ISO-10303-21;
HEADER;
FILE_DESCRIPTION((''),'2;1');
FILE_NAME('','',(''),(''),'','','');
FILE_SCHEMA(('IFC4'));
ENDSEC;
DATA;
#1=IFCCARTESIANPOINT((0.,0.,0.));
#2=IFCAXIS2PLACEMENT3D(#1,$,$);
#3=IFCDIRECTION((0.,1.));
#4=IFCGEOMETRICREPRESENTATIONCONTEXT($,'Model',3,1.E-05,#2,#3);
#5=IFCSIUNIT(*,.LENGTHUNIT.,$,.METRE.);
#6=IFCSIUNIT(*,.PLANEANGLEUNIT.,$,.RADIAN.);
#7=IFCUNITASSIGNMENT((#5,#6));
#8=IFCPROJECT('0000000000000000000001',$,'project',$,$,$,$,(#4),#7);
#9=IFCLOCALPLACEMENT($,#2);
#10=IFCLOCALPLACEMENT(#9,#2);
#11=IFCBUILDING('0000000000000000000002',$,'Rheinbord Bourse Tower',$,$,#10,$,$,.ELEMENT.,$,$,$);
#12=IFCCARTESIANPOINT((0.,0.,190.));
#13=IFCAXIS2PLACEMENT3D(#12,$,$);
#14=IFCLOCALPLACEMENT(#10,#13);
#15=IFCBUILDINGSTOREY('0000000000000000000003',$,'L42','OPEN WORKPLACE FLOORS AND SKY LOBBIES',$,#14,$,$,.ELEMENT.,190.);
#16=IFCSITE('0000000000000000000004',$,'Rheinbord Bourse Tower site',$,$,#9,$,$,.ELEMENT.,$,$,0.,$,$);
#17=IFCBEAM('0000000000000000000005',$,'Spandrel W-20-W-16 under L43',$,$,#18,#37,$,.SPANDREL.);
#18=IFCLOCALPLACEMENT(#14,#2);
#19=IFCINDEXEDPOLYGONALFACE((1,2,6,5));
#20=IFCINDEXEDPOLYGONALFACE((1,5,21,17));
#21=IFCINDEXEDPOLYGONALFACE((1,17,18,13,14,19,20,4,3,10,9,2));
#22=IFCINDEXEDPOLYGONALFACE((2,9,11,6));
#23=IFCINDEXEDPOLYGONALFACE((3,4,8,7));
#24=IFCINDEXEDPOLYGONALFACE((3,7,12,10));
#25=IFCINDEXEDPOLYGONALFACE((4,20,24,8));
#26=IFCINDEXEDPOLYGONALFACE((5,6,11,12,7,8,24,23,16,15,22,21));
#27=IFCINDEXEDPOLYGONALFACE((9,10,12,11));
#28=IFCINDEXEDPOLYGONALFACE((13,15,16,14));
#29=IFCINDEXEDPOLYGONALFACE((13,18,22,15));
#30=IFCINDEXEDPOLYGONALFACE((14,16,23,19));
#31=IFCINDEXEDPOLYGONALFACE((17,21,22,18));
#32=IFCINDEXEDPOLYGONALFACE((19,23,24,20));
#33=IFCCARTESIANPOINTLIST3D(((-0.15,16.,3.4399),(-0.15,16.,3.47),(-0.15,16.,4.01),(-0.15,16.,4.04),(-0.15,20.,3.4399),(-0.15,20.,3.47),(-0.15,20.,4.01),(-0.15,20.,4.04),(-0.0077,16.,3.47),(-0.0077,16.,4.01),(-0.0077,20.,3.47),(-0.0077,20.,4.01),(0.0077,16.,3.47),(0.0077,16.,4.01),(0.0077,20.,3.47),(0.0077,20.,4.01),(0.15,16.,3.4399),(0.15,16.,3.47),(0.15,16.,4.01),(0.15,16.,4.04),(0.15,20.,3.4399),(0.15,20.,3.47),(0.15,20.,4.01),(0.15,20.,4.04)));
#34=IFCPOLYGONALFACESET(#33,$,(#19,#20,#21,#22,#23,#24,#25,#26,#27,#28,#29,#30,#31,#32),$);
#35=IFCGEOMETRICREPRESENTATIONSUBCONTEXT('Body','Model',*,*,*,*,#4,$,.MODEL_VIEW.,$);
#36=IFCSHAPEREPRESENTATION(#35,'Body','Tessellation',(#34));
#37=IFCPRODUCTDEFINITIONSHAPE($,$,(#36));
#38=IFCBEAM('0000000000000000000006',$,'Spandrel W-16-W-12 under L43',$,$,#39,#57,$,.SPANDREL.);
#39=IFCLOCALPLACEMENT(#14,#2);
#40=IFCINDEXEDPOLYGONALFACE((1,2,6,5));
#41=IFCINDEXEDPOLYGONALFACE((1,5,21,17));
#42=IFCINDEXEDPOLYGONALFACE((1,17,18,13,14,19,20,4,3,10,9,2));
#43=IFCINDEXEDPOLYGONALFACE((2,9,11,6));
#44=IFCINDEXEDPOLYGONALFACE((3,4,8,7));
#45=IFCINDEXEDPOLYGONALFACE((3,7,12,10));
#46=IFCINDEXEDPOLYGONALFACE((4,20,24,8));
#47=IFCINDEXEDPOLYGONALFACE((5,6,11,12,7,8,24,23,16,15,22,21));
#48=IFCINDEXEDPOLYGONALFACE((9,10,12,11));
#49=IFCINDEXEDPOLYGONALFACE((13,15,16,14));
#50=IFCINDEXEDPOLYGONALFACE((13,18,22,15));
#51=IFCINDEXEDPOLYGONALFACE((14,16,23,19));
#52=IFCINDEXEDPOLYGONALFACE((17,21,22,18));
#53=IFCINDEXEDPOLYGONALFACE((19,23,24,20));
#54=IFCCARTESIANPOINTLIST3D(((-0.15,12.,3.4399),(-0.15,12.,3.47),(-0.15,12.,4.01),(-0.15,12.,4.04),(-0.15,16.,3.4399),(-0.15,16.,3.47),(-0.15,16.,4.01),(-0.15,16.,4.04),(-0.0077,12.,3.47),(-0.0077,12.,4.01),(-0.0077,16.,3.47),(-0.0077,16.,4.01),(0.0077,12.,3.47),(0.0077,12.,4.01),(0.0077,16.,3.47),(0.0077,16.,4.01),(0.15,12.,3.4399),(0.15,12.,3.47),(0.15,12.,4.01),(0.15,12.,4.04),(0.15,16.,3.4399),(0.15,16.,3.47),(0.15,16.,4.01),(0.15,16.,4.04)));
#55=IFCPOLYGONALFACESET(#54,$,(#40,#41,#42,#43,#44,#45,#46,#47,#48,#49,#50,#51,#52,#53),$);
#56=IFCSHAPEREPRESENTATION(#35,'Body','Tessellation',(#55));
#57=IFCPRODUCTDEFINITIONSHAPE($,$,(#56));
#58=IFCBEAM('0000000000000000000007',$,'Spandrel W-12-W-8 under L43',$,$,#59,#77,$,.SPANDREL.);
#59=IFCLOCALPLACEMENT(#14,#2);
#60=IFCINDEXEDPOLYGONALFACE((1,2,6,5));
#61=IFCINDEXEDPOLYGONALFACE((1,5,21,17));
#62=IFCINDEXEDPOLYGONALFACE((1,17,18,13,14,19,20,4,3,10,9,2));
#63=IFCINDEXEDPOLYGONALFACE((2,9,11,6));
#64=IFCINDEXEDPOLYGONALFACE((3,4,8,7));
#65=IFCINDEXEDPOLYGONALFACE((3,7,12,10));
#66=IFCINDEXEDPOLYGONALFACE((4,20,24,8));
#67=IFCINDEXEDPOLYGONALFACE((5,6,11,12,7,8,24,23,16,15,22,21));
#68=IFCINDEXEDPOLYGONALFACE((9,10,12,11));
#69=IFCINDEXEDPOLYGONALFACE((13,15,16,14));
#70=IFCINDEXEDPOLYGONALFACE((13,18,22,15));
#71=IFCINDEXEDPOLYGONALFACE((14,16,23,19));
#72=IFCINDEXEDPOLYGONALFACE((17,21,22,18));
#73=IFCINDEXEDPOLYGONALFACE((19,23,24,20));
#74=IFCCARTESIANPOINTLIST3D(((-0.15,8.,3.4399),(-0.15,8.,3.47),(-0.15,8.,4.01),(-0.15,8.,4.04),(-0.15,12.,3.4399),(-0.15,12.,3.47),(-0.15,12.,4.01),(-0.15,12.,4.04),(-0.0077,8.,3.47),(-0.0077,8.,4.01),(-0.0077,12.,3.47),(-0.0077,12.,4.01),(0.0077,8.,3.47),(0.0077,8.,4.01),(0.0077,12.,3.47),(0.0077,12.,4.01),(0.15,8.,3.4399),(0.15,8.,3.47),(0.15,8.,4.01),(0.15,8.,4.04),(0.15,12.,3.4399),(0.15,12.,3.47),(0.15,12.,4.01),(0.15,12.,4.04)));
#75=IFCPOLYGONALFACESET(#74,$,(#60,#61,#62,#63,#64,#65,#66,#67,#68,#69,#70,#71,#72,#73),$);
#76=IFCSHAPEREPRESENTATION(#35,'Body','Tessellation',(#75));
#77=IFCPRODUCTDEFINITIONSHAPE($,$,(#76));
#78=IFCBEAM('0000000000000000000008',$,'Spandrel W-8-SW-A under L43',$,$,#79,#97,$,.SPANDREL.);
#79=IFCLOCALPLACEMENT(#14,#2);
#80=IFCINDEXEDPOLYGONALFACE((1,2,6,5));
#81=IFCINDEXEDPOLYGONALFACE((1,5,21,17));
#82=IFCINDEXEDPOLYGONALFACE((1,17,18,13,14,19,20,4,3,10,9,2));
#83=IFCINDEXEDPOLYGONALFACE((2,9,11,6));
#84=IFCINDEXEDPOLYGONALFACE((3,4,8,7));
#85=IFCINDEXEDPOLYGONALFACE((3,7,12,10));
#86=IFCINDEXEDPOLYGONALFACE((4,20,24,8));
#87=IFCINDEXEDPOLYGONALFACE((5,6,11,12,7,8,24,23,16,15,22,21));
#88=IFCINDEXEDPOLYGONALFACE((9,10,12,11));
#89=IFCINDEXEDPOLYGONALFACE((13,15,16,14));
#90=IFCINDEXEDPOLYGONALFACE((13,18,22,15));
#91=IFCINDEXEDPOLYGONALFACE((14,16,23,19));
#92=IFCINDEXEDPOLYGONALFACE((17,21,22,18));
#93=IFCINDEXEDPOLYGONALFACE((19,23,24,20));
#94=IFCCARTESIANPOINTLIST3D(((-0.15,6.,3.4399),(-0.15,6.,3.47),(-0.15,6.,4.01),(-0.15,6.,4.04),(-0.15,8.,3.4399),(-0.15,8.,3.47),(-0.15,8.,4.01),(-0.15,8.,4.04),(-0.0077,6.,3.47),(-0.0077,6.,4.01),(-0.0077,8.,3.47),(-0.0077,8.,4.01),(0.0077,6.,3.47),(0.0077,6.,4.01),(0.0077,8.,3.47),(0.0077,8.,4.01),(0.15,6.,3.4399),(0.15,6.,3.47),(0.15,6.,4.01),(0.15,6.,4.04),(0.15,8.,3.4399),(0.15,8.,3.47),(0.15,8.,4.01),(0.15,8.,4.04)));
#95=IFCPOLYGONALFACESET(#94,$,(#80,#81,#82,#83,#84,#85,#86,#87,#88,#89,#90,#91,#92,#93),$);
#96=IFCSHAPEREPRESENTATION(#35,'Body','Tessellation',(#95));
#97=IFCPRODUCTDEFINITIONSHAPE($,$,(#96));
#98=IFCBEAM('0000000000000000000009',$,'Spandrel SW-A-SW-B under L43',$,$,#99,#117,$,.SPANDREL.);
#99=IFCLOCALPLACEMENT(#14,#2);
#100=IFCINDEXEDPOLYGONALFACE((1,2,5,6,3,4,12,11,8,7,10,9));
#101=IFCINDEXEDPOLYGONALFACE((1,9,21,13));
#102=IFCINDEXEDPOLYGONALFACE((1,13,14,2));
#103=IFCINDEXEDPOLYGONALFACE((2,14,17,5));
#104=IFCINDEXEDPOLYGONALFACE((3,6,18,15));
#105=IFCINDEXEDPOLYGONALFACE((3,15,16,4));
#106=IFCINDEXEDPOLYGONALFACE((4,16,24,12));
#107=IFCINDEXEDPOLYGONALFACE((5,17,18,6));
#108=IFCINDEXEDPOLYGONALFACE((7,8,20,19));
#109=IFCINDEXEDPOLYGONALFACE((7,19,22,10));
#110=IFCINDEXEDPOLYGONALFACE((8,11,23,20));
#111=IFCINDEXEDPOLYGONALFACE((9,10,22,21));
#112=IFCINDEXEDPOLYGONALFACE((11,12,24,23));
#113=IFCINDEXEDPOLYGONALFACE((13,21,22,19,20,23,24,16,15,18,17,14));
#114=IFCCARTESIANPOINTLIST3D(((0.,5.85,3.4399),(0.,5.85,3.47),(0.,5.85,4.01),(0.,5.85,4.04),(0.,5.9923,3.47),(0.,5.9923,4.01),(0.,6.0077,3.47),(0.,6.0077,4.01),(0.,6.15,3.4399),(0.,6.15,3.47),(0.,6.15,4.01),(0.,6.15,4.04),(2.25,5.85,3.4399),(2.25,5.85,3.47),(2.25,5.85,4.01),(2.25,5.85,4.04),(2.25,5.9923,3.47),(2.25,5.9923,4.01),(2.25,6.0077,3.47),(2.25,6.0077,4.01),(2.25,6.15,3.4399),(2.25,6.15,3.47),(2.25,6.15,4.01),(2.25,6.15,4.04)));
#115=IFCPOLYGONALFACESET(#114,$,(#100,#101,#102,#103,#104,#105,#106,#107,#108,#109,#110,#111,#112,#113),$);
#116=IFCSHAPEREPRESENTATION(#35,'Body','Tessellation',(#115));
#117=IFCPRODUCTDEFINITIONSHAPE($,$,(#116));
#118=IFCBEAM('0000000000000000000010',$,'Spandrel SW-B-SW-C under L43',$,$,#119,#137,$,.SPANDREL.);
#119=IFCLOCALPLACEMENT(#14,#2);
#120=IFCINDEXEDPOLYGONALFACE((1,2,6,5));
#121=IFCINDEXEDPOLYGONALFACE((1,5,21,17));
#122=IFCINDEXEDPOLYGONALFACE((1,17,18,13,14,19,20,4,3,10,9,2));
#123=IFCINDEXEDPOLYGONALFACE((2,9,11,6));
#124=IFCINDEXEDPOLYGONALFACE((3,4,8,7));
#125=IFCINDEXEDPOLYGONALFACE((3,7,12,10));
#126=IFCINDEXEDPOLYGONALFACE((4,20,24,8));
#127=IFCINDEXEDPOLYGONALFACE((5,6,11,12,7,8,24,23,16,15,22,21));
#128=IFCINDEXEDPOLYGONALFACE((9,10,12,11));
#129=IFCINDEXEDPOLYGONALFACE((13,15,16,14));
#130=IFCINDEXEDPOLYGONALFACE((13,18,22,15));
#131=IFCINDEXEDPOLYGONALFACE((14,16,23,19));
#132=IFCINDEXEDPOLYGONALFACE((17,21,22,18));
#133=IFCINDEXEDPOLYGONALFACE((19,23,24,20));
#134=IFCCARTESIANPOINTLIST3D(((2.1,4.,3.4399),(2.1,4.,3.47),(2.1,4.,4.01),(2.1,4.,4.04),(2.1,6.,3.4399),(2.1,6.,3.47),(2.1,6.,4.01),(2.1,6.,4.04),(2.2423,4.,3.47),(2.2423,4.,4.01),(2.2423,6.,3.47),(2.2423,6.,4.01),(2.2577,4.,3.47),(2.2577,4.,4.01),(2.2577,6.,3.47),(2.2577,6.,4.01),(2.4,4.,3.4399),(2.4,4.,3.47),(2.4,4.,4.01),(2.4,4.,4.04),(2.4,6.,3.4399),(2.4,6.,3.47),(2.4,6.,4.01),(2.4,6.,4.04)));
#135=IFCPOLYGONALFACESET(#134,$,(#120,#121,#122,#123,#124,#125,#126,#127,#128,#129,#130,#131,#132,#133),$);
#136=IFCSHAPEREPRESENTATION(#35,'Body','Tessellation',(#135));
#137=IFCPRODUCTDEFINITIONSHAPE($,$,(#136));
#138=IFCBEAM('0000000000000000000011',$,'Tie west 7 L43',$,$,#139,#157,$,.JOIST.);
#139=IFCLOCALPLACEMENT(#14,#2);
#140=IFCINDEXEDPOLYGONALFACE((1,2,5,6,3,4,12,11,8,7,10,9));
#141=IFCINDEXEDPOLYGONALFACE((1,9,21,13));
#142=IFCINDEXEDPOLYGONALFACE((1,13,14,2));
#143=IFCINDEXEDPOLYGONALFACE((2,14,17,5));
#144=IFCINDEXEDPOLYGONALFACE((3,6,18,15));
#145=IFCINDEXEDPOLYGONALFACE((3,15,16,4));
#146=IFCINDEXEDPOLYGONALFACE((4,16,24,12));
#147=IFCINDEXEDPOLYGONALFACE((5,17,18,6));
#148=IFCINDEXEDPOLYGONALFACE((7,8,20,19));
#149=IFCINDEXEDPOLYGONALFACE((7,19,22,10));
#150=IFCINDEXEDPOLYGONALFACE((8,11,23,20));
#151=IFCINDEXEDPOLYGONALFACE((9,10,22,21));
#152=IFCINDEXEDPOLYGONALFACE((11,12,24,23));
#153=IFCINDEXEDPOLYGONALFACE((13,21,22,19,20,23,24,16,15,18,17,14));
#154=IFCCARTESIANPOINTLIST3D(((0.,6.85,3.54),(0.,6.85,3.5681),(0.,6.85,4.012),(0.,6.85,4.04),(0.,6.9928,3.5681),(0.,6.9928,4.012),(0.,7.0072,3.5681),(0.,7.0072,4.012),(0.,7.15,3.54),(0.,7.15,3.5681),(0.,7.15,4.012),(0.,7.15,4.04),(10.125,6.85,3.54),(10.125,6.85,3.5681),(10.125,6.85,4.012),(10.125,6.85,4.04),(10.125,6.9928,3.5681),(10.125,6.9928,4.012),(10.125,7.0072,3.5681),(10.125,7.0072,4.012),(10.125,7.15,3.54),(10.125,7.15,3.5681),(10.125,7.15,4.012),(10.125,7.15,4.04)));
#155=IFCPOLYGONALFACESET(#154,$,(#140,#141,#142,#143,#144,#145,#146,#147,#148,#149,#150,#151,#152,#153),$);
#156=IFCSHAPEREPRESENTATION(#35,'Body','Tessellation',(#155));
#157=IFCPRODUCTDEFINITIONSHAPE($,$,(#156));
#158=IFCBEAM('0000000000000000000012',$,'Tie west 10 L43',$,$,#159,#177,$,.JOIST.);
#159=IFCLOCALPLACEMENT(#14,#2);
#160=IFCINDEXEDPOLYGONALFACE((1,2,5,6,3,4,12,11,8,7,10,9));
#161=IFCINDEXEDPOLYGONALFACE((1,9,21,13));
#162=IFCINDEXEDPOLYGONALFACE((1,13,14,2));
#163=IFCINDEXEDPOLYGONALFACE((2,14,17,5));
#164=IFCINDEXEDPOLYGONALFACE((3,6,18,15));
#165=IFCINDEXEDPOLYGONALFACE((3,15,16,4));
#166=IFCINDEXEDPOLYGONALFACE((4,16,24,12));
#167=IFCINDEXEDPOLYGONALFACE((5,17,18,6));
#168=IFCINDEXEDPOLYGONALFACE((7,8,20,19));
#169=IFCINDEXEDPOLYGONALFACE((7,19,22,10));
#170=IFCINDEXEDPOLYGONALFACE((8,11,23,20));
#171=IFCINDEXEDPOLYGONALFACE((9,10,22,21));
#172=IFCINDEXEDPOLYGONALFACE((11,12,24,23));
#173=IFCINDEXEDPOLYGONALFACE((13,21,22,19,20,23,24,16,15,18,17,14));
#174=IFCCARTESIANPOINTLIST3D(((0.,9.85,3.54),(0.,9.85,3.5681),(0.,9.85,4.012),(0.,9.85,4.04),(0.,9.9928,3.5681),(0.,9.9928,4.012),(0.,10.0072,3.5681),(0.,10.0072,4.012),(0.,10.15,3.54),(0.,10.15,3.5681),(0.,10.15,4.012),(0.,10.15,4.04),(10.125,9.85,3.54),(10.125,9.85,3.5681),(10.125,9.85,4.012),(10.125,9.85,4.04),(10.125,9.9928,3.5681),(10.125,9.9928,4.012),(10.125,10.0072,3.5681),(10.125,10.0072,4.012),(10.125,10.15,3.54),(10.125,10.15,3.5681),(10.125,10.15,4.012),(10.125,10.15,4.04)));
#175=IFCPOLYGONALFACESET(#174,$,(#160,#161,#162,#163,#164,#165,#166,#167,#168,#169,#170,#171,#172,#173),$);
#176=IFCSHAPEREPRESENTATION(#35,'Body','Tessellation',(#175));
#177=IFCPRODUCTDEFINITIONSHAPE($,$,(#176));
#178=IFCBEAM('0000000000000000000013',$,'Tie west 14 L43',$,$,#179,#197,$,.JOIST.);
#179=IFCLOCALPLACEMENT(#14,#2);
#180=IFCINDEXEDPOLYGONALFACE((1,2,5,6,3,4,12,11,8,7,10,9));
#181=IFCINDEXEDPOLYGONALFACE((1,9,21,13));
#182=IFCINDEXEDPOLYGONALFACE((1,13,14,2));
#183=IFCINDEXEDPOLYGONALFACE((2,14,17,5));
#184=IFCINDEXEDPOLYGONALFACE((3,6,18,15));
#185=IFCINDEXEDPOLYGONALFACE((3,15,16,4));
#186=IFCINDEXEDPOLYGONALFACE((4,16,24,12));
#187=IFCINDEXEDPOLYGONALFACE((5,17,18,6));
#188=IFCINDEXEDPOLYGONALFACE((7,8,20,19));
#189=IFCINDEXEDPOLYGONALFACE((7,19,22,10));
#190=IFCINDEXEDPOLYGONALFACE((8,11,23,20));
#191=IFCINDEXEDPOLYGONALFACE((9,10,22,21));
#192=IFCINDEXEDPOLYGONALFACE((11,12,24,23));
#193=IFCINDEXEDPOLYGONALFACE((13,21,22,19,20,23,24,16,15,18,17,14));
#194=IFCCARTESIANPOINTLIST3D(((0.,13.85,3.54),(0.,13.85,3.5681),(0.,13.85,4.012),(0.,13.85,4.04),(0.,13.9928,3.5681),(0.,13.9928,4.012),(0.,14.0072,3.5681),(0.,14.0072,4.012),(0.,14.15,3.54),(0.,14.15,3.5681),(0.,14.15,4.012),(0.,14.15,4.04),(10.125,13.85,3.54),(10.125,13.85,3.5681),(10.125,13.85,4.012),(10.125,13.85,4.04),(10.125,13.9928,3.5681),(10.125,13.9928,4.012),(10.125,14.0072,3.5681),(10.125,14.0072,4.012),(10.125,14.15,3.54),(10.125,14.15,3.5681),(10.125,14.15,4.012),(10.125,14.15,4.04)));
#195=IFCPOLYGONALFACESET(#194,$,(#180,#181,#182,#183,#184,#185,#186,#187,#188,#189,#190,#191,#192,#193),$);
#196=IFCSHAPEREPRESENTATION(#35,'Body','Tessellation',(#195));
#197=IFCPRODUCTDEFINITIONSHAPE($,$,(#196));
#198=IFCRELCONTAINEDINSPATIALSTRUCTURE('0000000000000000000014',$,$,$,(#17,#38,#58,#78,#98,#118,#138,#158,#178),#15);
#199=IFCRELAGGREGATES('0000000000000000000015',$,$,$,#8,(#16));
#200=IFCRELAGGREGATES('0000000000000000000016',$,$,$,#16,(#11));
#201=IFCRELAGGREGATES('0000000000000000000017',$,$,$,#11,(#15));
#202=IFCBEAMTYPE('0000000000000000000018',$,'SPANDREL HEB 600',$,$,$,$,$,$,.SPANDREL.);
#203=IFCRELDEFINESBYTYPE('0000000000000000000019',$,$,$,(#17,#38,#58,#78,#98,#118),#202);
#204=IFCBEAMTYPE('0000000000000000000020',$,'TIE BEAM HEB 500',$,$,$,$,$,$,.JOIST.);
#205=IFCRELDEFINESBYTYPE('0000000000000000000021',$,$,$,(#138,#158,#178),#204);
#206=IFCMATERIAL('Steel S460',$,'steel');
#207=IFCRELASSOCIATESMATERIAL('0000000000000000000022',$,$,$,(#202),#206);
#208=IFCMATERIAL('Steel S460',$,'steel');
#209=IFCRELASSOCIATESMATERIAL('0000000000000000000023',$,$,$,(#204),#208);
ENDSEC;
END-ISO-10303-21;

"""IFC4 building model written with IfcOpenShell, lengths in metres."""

from ifc_helpers import new_model, si_unit, direction, frame, origin, origin_2d, place, context, subcontext, project, spatial, i_section, extrude, material, material_profile, profile_set, type_object, element, save


model = new_model("IFC4")

# Units and contexts
model_context = context("Model", 3, precision=1e-05, world=origin(), true_north=direction((0.0, 1.0)))
body_context = subcontext(model_context, "Body", "Model", "MODEL_VIEW")
ifc_project = project(units=[si_unit("LENGTHUNIT", "METRE"), si_unit("PLANEANGLEUNIT", "RADIAN")], contexts=[model_context])

# Site, building, storey
site_placement = place(None, origin())
site = spatial("IfcSite", under=ifc_project, at=site_placement, Name="Rheinbord Bourse Tower site", CompositionType="ELEMENT", RefElevation=0.0)
building_placement = place(site_placement, origin())
building = spatial("IfcBuilding", under=site, at=building_placement, Name="Rheinbord Bourse Tower", CompositionType="ELEMENT")
storey_placement = place(building_placement, frame((0.0, 0.0, 190.0)))
storey = spatial("IfcBuildingStorey", under=building, at=storey_placement, Name="L42", Description="OPEN WORKPLACE FLOORS AND SKY LOBBIES", CompositionType="ELEMENT", Elevation=190.0)

# Beams
ifc_material_1 = material(Name="Steel S460", Category="steel")
ifc_material_profile_1 = material_profile(ifc_material_1, i_section(OverallWidth=0.3, OverallDepth=0.6001, WebThickness=0.0154, FlangeThickness=0.03, at=origin_2d()), Name="HEB 600")
ifc_profile_set_1 = profile_set([ifc_material_profile_1], Name="Steel S460")
beam_type_1 = type_object("IfcBeamType", Name="SPANDREL HEB 600", PredefinedType="SPANDREL", material=ifc_profile_set_1)
for number, where, z_axis, x_axis, name in (
    (1, (0.0, 20.0, 3.74), (0.0, -1.0, 0.0), (1.0, 0.0, 0.0), "Spandrel W-20-W-16 under L43"),
    (2, (0.0, 16.0, 3.74), (0.0, -1.0, 0.0), (1.0, 0.0, 0.0), "Spandrel W-16-W-12 under L43"),
    (3, (0.0, 12.0, 3.74), (0.0, -1.0, 0.0), (1.0, 0.0, 0.0), "Spandrel W-12-W-8 under L43"),
):
    element("IfcBeam", number, at=place(storey_placement, frame(where, z_axis=z_axis, x_axis=x_axis)), inside=storey, type_object=beam_type_1, Name=name, PredefinedType="SPANDREL", context=body_context, shape_type="SweptSolid", body=[
        extrude(i_section(OverallWidth=0.3, OverallDepth=0.6001, WebThickness=0.0154, FlangeThickness=0.03, at=origin_2d()), origin(), (0.0, 0.0, 1.0), 4.0),
    ])
beam_1_placement = place(storey_placement, frame((0.0, 8.0, 3.74), z_axis=(0.0, -1.0, 0.0), x_axis=(1.0, 0.0, 0.0)))
element("IfcBeam", 4, at=beam_1_placement, inside=storey, type_object=beam_type_1, Name="Spandrel W-8-SW-A under L43", PredefinedType="SPANDREL", context=body_context, shape_type="SweptSolid", body=[
    extrude(i_section(OverallWidth=0.3, OverallDepth=0.6001, WebThickness=0.0154, FlangeThickness=0.03, at=origin_2d()), origin(), (0.0, 0.0, 1.0), 2.0),
])
beam_2_placement = place(storey_placement, frame((0.0, 6.0, 3.74), z_axis=(1.0, 0.0, 0.0), x_axis=(0.0, 1.0, 0.0)))
element("IfcBeam", 5, at=beam_2_placement, inside=storey, type_object=beam_type_1, Name="Spandrel SW-A-SW-B under L43", PredefinedType="SPANDREL", context=body_context, shape_type="SweptSolid", body=[
    extrude(i_section(OverallWidth=0.3, OverallDepth=0.6001, WebThickness=0.0154, FlangeThickness=0.03, at=origin_2d()), origin(), (0.0, 0.0, 1.0), 2.25),
])
beam_3_placement = place(storey_placement, frame((2.25, 6.0, 3.74), z_axis=(0.0, -1.0, 0.0), x_axis=(1.0, 0.0, 0.0)))
element("IfcBeam", 6, at=beam_3_placement, inside=storey, type_object=beam_type_1, Name="Spandrel SW-B-SW-C under L43", PredefinedType="SPANDREL", context=body_context, shape_type="SweptSolid", body=[
    extrude(i_section(OverallWidth=0.3, OverallDepth=0.6001, WebThickness=0.0154, FlangeThickness=0.03, at=origin_2d()), origin(), (0.0, 0.0, 1.0), 2.0),
])
ifc_material_2 = material(Name="Steel S460", Category="steel")
ifc_material_profile_2 = material_profile(ifc_material_2, i_section(OverallWidth=0.3, OverallDepth=0.5, WebThickness=0.0144, FlangeThickness=0.0281, at=origin_2d()), Name="HEB 500")
ifc_profile_set_2 = profile_set([ifc_material_profile_2], Name="Steel S460")
beam_type_2 = type_object("IfcBeamType", Name="TIE BEAM HEB 500", PredefinedType="JOIST", material=ifc_profile_set_2)
for number, where, z_axis, x_axis, name in (
    (7, (0.0, 7.0, 3.79), (1.0, 0.0, 0.0), (0.0, 1.0, 0.0), "Tie west 7 L43"),
    (8, (0.0, 10.0, 3.79), (1.0, 0.0, 0.0), (0.0, 1.0, 0.0), "Tie west 10 L43"),
    (9, (0.0, 14.0, 3.79), (1.0, 0.0, 0.0), (0.0, 1.0, 0.0), "Tie west 14 L43"),
):
    element("IfcBeam", number, at=place(storey_placement, frame(where, z_axis=z_axis, x_axis=x_axis)), inside=storey, type_object=beam_type_2, Name=name, PredefinedType="JOIST", context=body_context, shape_type="SweptSolid", body=[
        extrude(i_section(OverallWidth=0.3, OverallDepth=0.5, WebThickness=0.0144, FlangeThickness=0.0281, at=origin_2d()), origin(), (0.0, 0.0, 1.0), 10.125),
    ])

save(model, "model.ifc")
